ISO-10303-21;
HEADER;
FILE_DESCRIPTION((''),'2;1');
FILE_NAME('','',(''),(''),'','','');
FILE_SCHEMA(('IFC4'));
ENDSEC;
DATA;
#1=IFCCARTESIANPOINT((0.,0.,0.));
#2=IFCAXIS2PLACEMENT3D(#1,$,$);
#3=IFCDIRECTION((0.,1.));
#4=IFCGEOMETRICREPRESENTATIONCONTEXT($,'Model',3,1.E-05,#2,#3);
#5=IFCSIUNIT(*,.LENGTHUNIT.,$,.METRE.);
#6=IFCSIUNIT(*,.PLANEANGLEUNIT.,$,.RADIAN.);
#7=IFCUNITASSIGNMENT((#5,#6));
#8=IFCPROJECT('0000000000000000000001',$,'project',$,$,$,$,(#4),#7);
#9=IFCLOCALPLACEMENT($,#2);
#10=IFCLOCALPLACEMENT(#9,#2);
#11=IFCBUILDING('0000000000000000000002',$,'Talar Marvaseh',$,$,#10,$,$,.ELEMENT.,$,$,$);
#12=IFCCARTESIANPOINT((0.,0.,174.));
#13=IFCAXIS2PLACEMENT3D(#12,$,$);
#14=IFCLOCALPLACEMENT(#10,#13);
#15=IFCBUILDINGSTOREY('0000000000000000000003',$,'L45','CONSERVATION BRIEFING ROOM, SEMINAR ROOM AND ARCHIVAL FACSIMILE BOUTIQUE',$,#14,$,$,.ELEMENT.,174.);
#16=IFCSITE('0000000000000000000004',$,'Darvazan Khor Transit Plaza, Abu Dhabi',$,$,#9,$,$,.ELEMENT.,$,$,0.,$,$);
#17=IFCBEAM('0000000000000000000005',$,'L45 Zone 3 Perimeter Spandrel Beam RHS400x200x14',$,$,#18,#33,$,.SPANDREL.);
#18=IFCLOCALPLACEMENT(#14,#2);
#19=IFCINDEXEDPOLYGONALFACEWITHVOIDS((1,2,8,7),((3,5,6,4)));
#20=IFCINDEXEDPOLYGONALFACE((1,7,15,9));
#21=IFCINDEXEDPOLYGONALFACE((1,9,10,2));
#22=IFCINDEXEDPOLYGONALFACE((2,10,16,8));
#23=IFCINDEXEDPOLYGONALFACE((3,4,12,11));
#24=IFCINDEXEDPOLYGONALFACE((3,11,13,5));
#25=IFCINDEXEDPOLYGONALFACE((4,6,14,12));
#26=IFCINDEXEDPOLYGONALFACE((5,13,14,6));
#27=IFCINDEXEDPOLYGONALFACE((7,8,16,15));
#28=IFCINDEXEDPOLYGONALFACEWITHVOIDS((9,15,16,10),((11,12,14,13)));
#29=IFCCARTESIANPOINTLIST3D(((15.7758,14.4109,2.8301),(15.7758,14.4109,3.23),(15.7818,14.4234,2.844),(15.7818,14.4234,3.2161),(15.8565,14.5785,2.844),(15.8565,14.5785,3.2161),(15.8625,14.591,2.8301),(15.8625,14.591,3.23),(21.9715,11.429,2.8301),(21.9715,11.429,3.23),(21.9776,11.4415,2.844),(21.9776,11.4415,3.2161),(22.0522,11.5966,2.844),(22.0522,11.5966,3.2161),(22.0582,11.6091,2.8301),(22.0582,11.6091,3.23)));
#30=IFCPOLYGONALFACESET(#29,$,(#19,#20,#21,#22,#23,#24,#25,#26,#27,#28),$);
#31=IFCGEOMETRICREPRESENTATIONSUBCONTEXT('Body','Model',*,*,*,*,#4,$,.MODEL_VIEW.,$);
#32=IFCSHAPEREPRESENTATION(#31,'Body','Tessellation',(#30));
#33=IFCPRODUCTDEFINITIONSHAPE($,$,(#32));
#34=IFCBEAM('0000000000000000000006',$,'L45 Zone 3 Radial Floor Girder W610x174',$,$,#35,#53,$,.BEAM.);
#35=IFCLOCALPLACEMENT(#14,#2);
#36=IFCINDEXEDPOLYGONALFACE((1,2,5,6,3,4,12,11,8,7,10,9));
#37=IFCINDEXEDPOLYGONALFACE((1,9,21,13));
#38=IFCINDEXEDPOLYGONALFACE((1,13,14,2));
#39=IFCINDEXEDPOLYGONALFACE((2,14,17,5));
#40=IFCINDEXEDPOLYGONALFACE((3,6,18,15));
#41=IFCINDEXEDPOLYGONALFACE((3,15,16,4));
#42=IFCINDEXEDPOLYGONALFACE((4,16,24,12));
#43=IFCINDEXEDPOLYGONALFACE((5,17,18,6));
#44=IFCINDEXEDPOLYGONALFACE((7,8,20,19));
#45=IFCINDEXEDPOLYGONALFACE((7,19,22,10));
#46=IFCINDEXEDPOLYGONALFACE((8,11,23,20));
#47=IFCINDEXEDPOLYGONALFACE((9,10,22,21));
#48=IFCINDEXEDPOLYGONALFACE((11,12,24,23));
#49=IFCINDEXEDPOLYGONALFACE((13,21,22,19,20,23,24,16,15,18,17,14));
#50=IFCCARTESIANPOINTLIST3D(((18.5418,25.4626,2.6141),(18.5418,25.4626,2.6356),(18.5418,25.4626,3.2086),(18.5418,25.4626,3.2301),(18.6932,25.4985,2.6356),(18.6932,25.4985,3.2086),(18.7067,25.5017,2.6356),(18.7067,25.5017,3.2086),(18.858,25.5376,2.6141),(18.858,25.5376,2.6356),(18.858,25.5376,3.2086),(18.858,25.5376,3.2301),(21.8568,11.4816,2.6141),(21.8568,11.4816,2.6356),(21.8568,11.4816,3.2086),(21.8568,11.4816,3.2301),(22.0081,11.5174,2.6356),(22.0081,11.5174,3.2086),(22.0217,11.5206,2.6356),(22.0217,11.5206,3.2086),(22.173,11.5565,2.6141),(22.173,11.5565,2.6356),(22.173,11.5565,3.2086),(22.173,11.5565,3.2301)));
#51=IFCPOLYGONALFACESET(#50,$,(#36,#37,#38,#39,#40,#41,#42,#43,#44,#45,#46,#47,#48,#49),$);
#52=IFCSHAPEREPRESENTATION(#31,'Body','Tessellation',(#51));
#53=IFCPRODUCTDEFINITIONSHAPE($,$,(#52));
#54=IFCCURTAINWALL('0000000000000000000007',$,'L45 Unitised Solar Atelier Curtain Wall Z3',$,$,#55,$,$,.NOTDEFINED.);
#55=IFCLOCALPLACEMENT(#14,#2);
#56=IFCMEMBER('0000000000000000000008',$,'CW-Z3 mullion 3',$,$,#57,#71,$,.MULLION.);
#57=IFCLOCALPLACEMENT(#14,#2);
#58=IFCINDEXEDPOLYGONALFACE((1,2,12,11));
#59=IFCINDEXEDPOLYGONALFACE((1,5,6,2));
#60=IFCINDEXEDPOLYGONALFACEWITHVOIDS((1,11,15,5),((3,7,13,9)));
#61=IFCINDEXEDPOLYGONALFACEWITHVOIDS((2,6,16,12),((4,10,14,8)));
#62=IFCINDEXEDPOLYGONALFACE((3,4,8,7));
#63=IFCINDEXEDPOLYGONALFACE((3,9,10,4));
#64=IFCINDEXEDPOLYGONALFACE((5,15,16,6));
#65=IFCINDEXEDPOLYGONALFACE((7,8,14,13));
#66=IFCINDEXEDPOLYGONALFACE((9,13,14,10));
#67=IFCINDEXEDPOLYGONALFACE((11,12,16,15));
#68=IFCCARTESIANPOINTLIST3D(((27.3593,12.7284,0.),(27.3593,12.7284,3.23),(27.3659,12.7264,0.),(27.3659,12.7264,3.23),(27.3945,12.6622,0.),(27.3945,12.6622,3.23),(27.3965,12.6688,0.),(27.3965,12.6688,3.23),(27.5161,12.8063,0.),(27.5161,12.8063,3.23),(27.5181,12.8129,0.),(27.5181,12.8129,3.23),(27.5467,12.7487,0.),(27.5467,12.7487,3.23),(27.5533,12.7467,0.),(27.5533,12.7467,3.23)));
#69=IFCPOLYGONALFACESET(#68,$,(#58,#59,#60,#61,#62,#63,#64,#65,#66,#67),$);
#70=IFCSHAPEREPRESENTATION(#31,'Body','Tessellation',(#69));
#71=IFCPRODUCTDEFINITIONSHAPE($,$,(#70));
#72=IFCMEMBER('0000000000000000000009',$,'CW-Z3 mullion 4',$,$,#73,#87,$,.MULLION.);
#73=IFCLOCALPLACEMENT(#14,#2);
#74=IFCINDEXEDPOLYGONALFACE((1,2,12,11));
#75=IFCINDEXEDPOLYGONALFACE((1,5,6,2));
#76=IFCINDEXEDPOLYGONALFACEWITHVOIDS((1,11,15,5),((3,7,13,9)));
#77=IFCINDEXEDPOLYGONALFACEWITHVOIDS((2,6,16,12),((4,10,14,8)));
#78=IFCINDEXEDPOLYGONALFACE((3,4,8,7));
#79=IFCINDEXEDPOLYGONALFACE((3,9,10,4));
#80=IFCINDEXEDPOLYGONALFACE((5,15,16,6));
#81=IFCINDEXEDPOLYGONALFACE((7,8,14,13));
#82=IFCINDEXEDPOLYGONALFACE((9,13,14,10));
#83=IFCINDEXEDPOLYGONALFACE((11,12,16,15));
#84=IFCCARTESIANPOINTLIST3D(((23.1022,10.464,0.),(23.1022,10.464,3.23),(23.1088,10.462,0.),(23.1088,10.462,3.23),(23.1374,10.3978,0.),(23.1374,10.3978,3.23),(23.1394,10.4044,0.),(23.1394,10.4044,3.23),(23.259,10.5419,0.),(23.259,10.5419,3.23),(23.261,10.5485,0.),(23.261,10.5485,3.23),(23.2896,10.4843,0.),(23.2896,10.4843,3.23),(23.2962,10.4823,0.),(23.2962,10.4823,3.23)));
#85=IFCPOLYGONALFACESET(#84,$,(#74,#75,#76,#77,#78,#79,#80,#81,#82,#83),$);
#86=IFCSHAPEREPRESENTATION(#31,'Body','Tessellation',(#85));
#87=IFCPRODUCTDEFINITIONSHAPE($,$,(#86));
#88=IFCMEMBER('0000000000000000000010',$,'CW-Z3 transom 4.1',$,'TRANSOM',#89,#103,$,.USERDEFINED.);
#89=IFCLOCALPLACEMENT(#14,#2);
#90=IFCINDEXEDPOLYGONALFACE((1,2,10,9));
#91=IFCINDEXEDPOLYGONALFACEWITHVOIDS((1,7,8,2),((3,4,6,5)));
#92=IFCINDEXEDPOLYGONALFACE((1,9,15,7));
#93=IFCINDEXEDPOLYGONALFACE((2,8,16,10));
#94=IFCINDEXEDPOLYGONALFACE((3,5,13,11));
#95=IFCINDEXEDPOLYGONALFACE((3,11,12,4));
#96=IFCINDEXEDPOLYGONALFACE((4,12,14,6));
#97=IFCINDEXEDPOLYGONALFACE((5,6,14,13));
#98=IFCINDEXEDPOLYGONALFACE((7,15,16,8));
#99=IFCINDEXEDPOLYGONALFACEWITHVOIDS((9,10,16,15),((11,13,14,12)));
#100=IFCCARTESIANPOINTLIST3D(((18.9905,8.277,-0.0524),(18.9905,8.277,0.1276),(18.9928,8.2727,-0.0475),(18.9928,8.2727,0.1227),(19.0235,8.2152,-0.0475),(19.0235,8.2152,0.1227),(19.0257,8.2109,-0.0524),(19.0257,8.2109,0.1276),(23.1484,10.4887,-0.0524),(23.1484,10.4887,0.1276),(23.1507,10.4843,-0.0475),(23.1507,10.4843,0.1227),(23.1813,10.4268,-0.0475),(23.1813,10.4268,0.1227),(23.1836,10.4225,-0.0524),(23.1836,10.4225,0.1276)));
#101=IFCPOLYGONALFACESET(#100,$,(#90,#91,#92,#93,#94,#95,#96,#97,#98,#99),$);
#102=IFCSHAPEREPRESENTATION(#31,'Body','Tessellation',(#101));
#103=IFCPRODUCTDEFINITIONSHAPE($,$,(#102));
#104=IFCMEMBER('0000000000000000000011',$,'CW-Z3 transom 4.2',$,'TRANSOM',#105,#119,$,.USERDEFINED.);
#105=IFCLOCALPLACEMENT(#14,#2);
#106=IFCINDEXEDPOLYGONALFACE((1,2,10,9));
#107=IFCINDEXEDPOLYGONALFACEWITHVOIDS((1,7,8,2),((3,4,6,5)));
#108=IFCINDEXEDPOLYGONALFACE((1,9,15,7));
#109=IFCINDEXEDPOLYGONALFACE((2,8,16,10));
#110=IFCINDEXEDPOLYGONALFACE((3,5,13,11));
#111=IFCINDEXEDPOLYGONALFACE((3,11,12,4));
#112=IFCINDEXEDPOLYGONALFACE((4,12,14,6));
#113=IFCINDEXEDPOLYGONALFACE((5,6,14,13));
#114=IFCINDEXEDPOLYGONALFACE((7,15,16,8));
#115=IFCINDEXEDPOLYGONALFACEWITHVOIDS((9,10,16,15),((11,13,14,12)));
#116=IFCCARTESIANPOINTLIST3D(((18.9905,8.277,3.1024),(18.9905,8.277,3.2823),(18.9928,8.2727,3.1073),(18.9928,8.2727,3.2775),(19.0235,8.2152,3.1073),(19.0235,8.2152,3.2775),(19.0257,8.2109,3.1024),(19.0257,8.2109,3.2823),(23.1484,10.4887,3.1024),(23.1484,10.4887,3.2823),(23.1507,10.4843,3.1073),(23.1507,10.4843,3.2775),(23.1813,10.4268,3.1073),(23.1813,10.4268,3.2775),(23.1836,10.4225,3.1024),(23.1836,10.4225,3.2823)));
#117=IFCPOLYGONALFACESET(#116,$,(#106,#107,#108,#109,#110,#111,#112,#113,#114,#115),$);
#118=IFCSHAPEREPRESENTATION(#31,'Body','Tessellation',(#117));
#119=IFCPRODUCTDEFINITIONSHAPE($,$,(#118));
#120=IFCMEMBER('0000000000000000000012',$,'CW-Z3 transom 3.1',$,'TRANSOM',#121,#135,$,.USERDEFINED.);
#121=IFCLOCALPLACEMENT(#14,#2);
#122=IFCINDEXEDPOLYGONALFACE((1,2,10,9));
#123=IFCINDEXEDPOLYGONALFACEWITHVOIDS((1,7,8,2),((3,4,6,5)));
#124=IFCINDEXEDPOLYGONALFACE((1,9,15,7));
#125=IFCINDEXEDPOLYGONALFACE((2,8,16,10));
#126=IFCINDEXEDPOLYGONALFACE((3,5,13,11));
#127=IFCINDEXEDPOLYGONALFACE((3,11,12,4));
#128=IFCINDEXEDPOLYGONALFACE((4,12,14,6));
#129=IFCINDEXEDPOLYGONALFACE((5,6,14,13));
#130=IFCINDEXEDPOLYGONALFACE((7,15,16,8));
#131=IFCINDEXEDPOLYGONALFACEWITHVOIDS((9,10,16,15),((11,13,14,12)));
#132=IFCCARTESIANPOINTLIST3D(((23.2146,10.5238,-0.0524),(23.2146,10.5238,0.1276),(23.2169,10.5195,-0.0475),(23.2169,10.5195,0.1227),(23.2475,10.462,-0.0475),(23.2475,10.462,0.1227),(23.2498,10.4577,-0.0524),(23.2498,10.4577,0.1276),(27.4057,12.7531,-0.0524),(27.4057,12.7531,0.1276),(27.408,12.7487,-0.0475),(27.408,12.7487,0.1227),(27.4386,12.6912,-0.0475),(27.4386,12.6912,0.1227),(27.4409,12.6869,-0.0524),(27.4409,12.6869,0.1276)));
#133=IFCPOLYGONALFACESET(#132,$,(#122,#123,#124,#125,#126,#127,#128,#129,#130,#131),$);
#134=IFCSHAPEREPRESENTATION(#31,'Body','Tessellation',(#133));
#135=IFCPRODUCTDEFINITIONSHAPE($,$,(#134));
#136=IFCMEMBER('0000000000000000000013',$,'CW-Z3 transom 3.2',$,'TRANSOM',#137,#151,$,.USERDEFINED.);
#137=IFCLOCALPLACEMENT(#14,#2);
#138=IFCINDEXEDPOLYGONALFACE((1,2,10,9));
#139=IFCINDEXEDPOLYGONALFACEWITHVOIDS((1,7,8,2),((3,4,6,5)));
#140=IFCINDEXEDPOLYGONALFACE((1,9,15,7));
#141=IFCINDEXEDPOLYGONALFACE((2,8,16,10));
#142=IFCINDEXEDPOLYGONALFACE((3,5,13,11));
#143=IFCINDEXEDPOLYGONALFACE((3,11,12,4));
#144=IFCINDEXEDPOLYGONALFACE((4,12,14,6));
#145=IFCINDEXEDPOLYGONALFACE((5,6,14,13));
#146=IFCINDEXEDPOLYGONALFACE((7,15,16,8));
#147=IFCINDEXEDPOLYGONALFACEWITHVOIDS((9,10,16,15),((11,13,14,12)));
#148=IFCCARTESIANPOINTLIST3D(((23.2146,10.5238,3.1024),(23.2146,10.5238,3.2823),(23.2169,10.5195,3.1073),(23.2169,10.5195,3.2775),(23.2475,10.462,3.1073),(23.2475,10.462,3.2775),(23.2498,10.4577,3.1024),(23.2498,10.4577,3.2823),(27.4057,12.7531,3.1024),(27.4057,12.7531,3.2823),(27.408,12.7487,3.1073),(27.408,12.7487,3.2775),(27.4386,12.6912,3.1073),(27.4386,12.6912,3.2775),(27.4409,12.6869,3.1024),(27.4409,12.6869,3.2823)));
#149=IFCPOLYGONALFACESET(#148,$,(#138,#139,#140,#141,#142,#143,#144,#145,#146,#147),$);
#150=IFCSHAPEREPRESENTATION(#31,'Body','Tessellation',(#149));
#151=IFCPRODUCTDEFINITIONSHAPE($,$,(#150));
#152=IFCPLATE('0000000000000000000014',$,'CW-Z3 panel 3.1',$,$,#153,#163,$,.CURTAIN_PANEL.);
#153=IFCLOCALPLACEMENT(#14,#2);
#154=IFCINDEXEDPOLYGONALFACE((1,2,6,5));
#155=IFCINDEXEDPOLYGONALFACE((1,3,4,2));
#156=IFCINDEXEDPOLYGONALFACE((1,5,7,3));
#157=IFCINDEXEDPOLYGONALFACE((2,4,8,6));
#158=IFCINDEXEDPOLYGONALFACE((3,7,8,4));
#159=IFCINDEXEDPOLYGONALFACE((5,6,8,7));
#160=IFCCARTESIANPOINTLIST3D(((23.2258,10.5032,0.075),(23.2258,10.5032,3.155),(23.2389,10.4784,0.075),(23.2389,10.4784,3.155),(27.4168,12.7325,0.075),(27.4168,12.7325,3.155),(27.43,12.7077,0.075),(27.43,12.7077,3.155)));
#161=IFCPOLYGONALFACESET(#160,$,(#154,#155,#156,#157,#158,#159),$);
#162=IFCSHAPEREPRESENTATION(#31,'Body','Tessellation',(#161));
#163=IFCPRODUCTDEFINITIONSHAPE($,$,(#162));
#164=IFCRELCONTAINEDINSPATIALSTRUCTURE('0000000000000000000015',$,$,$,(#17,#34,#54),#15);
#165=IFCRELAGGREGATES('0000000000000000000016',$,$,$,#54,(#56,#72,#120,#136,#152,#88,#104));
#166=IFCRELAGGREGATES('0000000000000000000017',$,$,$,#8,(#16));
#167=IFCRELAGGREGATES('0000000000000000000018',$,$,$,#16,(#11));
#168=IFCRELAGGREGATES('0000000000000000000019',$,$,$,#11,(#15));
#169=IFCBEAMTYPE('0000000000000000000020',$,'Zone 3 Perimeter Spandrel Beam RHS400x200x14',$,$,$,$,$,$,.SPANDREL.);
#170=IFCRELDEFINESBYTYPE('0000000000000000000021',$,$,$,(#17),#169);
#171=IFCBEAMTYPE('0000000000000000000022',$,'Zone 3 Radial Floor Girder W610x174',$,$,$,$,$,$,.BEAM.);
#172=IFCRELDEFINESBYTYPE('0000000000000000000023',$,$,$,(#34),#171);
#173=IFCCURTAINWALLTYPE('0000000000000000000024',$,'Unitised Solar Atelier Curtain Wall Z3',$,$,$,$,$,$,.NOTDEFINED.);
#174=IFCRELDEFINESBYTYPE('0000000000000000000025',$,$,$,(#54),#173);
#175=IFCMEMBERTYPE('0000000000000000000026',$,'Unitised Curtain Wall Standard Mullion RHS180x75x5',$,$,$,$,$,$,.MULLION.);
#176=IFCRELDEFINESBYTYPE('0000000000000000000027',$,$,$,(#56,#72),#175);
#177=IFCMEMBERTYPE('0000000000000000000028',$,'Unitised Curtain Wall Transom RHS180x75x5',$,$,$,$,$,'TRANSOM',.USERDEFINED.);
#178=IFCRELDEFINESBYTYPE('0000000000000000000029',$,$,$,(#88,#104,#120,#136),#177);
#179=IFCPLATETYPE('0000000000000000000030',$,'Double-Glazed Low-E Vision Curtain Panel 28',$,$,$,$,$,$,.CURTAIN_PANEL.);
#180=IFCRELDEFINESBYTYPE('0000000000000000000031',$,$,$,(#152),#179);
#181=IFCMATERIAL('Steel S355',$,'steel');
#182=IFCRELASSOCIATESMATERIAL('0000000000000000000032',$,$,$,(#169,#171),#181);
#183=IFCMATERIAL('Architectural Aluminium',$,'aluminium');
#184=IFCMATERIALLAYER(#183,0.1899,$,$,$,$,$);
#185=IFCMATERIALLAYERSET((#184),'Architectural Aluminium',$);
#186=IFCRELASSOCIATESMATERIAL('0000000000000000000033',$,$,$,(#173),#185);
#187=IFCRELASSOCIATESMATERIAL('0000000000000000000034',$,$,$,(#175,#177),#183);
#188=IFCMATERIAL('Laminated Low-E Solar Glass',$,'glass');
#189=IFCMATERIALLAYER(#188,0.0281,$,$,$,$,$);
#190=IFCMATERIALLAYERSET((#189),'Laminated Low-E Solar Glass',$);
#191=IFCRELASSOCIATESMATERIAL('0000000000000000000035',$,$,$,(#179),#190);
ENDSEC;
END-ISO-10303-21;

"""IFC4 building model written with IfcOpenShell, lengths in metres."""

from ifc_helpers import new_model, si_unit, direction, frame, origin, origin_2d, place, context, subcontext, project, spatial, rectangle, hollow_rectangle, i_section, extrude, source, transform, mapped, material, layer, layer_set, material_profile, profile_set, type_object, type_shapes, element, aggregate, save


model = new_model("IFC4")

# Units and contexts
model_context = context("Model", 3, precision=1e-05, world=origin(), true_north=direction((0.0, 1.0)))
body_context = subcontext(model_context, "Body", "Model", "MODEL_VIEW")
ifc_project = project(units=[si_unit("LENGTHUNIT", "METRE"), si_unit("PLANEANGLEUNIT", "RADIAN")], contexts=[model_context])

# Site, building, storey
site_placement = place(None, origin())
site = spatial("IfcSite", under=ifc_project, at=site_placement, Name="Darvazan Khor Transit Plaza, Abu Dhabi", CompositionType="ELEMENT", RefElevation=0.0)
building_placement = place(site_placement, origin())
building = spatial("IfcBuilding", under=site, at=building_placement, Name="Talar Marvaseh", CompositionType="ELEMENT")
storey_placement = place(building_placement, frame((0.0, 0.0, 174.0)))
storey = spatial("IfcBuildingStorey", under=building, at=storey_placement, Name="L45", Description="CONSERVATION BRIEFING ROOM, SEMINAR ROOM AND ARCHIVAL FACSIMILE BOUTIQUE", CompositionType="ELEMENT", Elevation=174.0)

# Beams
ifc_material_1 = material(Name="Steel S355", Category="steel")
ifc_material_profile_1 = material_profile(ifc_material_1, hollow_rectangle(XDim=0.2, YDim=0.3999, WallThickness=0.0139, at=origin_2d()), Name="RHS400x200x14")
ifc_profile_set_1 = profile_set([ifc_material_profile_1], Name="Steel S355")
beam_type_1 = type_object("IfcBeamType", Name="Zone 3 Perimeter Spandrel Beam RHS400x200x14", PredefinedType="SPANDREL", material=ifc_profile_set_1)
beam_1_placement = place(storey_placement, frame((22.0149, 11.519, 3.03), z_axis=(-0.901072, 0.43367, 0.0), x_axis=(-0.43367, -0.901072, 0.0)))
element("IfcBeam", 1, at=beam_1_placement, inside=storey, type_object=beam_type_1, Name="L45 Zone 3 Perimeter Spandrel Beam RHS400x200x14", PredefinedType="SPANDREL", context=body_context, shape_type="SweptSolid", body=[
    extrude(hollow_rectangle(XDim=0.2, YDim=0.3999, WallThickness=0.0139, at=origin_2d()), origin(), (0.0, 0.0, 1.0), 6.876),
])
ifc_material_profile_2 = material_profile(ifc_material_1, i_section(OverallWidth=0.325, OverallDepth=0.616, WebThickness=0.0139, FlangeThickness=0.0215, at=origin_2d()), Name="W610x174")
ifc_profile_set_2 = profile_set([ifc_material_profile_2], Name="Steel S355")
beam_type_2 = type_object("IfcBeamType", Name="Zone 3 Radial Floor Girder W610x174", PredefinedType="BEAM", material=ifc_profile_set_2)
beam_2_placement = place(storey_placement, frame((22.0149, 11.519, 2.9221), z_axis=(-0.230708, 0.973023, 0.0), x_axis=(-0.973023, -0.230708, 0.0)))
element("IfcBeam", 2, at=beam_2_placement, inside=storey, type_object=beam_type_2, Name="L45 Zone 3 Radial Floor Girder W610x174", PredefinedType="BEAM", context=body_context, shape_type="SweptSolid", body=[
    extrude(i_section(OverallWidth=0.325, OverallDepth=0.616, WebThickness=0.0139, FlangeThickness=0.0215, at=origin_2d()), origin(), (0.0, 0.0, 1.0), 14.3687),
])

# Curtain wall, members, plate
ifc_material_2 = material(Name="Architectural Aluminium", Category="aluminium")
ifc_layer_1 = layer(ifc_material_2, 0.1899)
ifc_layer_set_1 = layer_set([ifc_layer_1], Name="Architectural Aluminium")
curtain_wall_type = type_object("IfcCurtainWallType", Name="Unitised Solar Atelier Curtain Wall Z3", PredefinedType="NOTDEFINED", material=ifc_layer_set_1)
curtain_wall_placement = place(storey_placement, origin())
curtain_wall = element("IfcCurtainWall", 3, at=curtain_wall_placement, inside=storey, type_object=curtain_wall_type, Name="L45 Unitised Solar Atelier Curtain Wall Z3", PredefinedType="NOTDEFINED")
ifc_material_profile_3 = material_profile(ifc_material_2, hollow_rectangle(XDim=0.075, YDim=0.1799, WallThickness=0.0049, at=origin_2d()), Name="RHS180x75x5")
ifc_profile_set_3 = profile_set([ifc_material_profile_3], Name="Architectural Aluminium")
member_type_1 = type_object("IfcMemberType", Name="Unitised Curtain Wall Standard Mullion RHS180x75x5", PredefinedType="MULLION", material=ifc_profile_set_3)
shared_shape_1 = source(origin(), body_context, "Body", "SweptSolid", [
    extrude(hollow_rectangle(XDim=0.075, YDim=0.1799, WallThickness=0.0049, at=origin_2d()), origin(), (0.0, 0.0, 1.0), 3.23),
])
type_shapes(member_type_1, [shared_shape_1])
member_1_placement = place(storey_placement, frame((27.4563, 12.7375, 0.0), z_axis=(0.0, 0.0, 1.0), x_axis=(0.46961, -0.882874, 0.0)))
member_1 = element("IfcMember", 4, at=member_1_placement, type_object=member_type_1, Name="CW-Z3 mullion 3", PredefinedType="MULLION", context=body_context, shape_type="MappedRepresentation", body=[
    mapped(shared_shape_1, transform((0.0, 0.0, 0.0), x_axis=(1.0, 0.0, 0.0), y_axis=(0.0, 1.0, 0.0), z_axis=(0.0, 0.0, 1.0), scale=1.0)),
])
member_2_placement = place(storey_placement, frame((23.1992, 10.4731, 0.0), z_axis=(0.0, 0.0, 1.0), x_axis=(0.46961, -0.882874, 0.0)))
member_2 = element("IfcMember", 5, at=member_2_placement, type_object=member_type_1, Name="CW-Z3 mullion 4", PredefinedType="MULLION", context=body_context, shape_type="MappedRepresentation", body=[
    mapped(shared_shape_1, transform((0.0, 0.0, 0.0), x_axis=(1.0, 0.0, 0.0), y_axis=(0.0, 1.0, 0.0), z_axis=(0.0, 0.0, 1.0), scale=1.0)),
])
ifc_material_profile_4 = material_profile(ifc_material_2, hollow_rectangle(XDim=0.075, YDim=0.1799, WallThickness=0.0049, at=origin_2d()), Name="RHS180x75x5")
ifc_profile_set_4 = profile_set([ifc_material_profile_4], Name="Architectural Aluminium")
member_type_2 = type_object("IfcMemberType", Name="Unitised Curtain Wall Transom RHS180x75x5", ElementType="TRANSOM", PredefinedType="USERDEFINED", material=ifc_profile_set_4)
shared_shape_2 = source(origin(), body_context, "Body", "SweptSolid", [
    extrude(hollow_rectangle(XDim=0.075, YDim=0.1799, WallThickness=0.0049, at=origin_2d()), origin(), (0.0, 0.0, 1.0), 4.7095),
])
member_3_placement = place(storey_placement, frame((23.166, 10.4556, 0.0376), z_axis=(-0.882873, -0.469611, 0.0), x_axis=(0.469611, -0.882873, 0.0)))
member_3 = element("IfcMember", 6, at=member_3_placement, type_object=member_type_2, Name="CW-Z3 transom 4.1", ObjectType="TRANSOM", PredefinedType="USERDEFINED", context=body_context, shape_type="MappedRepresentation", body=[
    mapped(shared_shape_2, transform((0.0, 0.0, 0.0), x_axis=(1.0, 0.0, 0.0), y_axis=(0.0, 1.0, 0.0), z_axis=(0.0, 0.0, 1.0), scale=1.0)),
])
member_4_placement = place(storey_placement, frame((23.166, 10.4556, 3.1924), z_axis=(-0.882873, -0.469611, 0.0), x_axis=(0.469611, -0.882873, 0.0)))
member_4 = element("IfcMember", 7, at=member_4_placement, type_object=member_type_2, Name="CW-Z3 transom 4.2", ObjectType="TRANSOM", PredefinedType="USERDEFINED", context=body_context, shape_type="MappedRepresentation", body=[
    mapped(shared_shape_2, transform((0.0, 0.0, 0.0), x_axis=(1.0, 0.0, 0.0), y_axis=(0.0, 1.0, 0.0), z_axis=(0.0, 0.0, 1.0), scale=1.0)),
])
shared_shape_3 = source(origin(), body_context, "Body", "SweptSolid", [
    extrude(hollow_rectangle(XDim=0.075, YDim=0.1799, WallThickness=0.0049, at=origin_2d()), origin(), (0.0, 0.0, 1.0), 4.7471),
])
type_shapes(member_type_2, [shared_shape_2, shared_shape_3])
member_5_placement = place(storey_placement, frame((27.4233, 12.72, 0.0376), z_axis=(-0.882881, -0.469598, 0.0), x_axis=(0.469598, -0.882881, 0.0)))
member_5 = element("IfcMember", 8, at=member_5_placement, type_object=member_type_2, Name="CW-Z3 transom 3.1", ObjectType="TRANSOM", PredefinedType="USERDEFINED", context=body_context, shape_type="MappedRepresentation", body=[
    mapped(shared_shape_3, transform((0.0, 0.0, 0.0), x_axis=(1.0, 0.0, 0.0), y_axis=(0.0, 1.0, 0.0), z_axis=(0.0, 0.0, 1.0), scale=1.0)),
])
member_6_placement = place(storey_placement, frame((27.4233, 12.72, 3.1924), z_axis=(-0.882881, -0.469598, 0.0), x_axis=(0.469598, -0.882881, 0.0)))
member_6 = element("IfcMember", 9, at=member_6_placement, type_object=member_type_2, Name="CW-Z3 transom 3.2", ObjectType="TRANSOM", PredefinedType="USERDEFINED", context=body_context, shape_type="MappedRepresentation", body=[
    mapped(shared_shape_3, transform((0.0, 0.0, 0.0), x_axis=(1.0, 0.0, 0.0), y_axis=(0.0, 1.0, 0.0), z_axis=(0.0, 0.0, 1.0), scale=1.0)),
])
ifc_material_3 = material(Name="Laminated Low-E Solar Glass", Category="glass")
ifc_layer_2 = layer(ifc_material_3, 0.0281)
ifc_layer_set_2 = layer_set([ifc_layer_2], Name="Laminated Low-E Solar Glass")
plate_type = type_object("IfcPlateType", Name="Double-Glazed Low-E Vision Curtain Panel 28", PredefinedType="CURTAIN_PANEL", material=ifc_layer_set_2)
shared_shape_4 = source(origin(), body_context, "Body", "SweptSolid", [
    extrude(rectangle(XDim=4.7471, YDim=0.0281, at=origin_2d()), origin(), (0.0, 0.0, 1.0), 3.0801),
])
type_shapes(plate_type, [shared_shape_4])
plate_placement = place(storey_placement, frame((25.3279, 11.6055, 0.075), z_axis=(0.0, 0.0, 1.0), x_axis=(-0.882874, -0.46961, 0.0)))
plate = element("IfcPlate", 10, at=plate_placement, type_object=plate_type, Name="CW-Z3 panel 3.1", PredefinedType="CURTAIN_PANEL", context=body_context, shape_type="MappedRepresentation", body=[
    mapped(shared_shape_4, transform((0.0, 0.0, 0.0), x_axis=(1.0, 0.0, 0.0), y_axis=(0.0, 1.0, 0.0), z_axis=(0.0, 0.0, 1.0), scale=1.0)),
])
aggregate(curtain_wall, [member_1, member_2, member_5, member_6, plate, member_3, member_4])

save(model, "model.ifc")
